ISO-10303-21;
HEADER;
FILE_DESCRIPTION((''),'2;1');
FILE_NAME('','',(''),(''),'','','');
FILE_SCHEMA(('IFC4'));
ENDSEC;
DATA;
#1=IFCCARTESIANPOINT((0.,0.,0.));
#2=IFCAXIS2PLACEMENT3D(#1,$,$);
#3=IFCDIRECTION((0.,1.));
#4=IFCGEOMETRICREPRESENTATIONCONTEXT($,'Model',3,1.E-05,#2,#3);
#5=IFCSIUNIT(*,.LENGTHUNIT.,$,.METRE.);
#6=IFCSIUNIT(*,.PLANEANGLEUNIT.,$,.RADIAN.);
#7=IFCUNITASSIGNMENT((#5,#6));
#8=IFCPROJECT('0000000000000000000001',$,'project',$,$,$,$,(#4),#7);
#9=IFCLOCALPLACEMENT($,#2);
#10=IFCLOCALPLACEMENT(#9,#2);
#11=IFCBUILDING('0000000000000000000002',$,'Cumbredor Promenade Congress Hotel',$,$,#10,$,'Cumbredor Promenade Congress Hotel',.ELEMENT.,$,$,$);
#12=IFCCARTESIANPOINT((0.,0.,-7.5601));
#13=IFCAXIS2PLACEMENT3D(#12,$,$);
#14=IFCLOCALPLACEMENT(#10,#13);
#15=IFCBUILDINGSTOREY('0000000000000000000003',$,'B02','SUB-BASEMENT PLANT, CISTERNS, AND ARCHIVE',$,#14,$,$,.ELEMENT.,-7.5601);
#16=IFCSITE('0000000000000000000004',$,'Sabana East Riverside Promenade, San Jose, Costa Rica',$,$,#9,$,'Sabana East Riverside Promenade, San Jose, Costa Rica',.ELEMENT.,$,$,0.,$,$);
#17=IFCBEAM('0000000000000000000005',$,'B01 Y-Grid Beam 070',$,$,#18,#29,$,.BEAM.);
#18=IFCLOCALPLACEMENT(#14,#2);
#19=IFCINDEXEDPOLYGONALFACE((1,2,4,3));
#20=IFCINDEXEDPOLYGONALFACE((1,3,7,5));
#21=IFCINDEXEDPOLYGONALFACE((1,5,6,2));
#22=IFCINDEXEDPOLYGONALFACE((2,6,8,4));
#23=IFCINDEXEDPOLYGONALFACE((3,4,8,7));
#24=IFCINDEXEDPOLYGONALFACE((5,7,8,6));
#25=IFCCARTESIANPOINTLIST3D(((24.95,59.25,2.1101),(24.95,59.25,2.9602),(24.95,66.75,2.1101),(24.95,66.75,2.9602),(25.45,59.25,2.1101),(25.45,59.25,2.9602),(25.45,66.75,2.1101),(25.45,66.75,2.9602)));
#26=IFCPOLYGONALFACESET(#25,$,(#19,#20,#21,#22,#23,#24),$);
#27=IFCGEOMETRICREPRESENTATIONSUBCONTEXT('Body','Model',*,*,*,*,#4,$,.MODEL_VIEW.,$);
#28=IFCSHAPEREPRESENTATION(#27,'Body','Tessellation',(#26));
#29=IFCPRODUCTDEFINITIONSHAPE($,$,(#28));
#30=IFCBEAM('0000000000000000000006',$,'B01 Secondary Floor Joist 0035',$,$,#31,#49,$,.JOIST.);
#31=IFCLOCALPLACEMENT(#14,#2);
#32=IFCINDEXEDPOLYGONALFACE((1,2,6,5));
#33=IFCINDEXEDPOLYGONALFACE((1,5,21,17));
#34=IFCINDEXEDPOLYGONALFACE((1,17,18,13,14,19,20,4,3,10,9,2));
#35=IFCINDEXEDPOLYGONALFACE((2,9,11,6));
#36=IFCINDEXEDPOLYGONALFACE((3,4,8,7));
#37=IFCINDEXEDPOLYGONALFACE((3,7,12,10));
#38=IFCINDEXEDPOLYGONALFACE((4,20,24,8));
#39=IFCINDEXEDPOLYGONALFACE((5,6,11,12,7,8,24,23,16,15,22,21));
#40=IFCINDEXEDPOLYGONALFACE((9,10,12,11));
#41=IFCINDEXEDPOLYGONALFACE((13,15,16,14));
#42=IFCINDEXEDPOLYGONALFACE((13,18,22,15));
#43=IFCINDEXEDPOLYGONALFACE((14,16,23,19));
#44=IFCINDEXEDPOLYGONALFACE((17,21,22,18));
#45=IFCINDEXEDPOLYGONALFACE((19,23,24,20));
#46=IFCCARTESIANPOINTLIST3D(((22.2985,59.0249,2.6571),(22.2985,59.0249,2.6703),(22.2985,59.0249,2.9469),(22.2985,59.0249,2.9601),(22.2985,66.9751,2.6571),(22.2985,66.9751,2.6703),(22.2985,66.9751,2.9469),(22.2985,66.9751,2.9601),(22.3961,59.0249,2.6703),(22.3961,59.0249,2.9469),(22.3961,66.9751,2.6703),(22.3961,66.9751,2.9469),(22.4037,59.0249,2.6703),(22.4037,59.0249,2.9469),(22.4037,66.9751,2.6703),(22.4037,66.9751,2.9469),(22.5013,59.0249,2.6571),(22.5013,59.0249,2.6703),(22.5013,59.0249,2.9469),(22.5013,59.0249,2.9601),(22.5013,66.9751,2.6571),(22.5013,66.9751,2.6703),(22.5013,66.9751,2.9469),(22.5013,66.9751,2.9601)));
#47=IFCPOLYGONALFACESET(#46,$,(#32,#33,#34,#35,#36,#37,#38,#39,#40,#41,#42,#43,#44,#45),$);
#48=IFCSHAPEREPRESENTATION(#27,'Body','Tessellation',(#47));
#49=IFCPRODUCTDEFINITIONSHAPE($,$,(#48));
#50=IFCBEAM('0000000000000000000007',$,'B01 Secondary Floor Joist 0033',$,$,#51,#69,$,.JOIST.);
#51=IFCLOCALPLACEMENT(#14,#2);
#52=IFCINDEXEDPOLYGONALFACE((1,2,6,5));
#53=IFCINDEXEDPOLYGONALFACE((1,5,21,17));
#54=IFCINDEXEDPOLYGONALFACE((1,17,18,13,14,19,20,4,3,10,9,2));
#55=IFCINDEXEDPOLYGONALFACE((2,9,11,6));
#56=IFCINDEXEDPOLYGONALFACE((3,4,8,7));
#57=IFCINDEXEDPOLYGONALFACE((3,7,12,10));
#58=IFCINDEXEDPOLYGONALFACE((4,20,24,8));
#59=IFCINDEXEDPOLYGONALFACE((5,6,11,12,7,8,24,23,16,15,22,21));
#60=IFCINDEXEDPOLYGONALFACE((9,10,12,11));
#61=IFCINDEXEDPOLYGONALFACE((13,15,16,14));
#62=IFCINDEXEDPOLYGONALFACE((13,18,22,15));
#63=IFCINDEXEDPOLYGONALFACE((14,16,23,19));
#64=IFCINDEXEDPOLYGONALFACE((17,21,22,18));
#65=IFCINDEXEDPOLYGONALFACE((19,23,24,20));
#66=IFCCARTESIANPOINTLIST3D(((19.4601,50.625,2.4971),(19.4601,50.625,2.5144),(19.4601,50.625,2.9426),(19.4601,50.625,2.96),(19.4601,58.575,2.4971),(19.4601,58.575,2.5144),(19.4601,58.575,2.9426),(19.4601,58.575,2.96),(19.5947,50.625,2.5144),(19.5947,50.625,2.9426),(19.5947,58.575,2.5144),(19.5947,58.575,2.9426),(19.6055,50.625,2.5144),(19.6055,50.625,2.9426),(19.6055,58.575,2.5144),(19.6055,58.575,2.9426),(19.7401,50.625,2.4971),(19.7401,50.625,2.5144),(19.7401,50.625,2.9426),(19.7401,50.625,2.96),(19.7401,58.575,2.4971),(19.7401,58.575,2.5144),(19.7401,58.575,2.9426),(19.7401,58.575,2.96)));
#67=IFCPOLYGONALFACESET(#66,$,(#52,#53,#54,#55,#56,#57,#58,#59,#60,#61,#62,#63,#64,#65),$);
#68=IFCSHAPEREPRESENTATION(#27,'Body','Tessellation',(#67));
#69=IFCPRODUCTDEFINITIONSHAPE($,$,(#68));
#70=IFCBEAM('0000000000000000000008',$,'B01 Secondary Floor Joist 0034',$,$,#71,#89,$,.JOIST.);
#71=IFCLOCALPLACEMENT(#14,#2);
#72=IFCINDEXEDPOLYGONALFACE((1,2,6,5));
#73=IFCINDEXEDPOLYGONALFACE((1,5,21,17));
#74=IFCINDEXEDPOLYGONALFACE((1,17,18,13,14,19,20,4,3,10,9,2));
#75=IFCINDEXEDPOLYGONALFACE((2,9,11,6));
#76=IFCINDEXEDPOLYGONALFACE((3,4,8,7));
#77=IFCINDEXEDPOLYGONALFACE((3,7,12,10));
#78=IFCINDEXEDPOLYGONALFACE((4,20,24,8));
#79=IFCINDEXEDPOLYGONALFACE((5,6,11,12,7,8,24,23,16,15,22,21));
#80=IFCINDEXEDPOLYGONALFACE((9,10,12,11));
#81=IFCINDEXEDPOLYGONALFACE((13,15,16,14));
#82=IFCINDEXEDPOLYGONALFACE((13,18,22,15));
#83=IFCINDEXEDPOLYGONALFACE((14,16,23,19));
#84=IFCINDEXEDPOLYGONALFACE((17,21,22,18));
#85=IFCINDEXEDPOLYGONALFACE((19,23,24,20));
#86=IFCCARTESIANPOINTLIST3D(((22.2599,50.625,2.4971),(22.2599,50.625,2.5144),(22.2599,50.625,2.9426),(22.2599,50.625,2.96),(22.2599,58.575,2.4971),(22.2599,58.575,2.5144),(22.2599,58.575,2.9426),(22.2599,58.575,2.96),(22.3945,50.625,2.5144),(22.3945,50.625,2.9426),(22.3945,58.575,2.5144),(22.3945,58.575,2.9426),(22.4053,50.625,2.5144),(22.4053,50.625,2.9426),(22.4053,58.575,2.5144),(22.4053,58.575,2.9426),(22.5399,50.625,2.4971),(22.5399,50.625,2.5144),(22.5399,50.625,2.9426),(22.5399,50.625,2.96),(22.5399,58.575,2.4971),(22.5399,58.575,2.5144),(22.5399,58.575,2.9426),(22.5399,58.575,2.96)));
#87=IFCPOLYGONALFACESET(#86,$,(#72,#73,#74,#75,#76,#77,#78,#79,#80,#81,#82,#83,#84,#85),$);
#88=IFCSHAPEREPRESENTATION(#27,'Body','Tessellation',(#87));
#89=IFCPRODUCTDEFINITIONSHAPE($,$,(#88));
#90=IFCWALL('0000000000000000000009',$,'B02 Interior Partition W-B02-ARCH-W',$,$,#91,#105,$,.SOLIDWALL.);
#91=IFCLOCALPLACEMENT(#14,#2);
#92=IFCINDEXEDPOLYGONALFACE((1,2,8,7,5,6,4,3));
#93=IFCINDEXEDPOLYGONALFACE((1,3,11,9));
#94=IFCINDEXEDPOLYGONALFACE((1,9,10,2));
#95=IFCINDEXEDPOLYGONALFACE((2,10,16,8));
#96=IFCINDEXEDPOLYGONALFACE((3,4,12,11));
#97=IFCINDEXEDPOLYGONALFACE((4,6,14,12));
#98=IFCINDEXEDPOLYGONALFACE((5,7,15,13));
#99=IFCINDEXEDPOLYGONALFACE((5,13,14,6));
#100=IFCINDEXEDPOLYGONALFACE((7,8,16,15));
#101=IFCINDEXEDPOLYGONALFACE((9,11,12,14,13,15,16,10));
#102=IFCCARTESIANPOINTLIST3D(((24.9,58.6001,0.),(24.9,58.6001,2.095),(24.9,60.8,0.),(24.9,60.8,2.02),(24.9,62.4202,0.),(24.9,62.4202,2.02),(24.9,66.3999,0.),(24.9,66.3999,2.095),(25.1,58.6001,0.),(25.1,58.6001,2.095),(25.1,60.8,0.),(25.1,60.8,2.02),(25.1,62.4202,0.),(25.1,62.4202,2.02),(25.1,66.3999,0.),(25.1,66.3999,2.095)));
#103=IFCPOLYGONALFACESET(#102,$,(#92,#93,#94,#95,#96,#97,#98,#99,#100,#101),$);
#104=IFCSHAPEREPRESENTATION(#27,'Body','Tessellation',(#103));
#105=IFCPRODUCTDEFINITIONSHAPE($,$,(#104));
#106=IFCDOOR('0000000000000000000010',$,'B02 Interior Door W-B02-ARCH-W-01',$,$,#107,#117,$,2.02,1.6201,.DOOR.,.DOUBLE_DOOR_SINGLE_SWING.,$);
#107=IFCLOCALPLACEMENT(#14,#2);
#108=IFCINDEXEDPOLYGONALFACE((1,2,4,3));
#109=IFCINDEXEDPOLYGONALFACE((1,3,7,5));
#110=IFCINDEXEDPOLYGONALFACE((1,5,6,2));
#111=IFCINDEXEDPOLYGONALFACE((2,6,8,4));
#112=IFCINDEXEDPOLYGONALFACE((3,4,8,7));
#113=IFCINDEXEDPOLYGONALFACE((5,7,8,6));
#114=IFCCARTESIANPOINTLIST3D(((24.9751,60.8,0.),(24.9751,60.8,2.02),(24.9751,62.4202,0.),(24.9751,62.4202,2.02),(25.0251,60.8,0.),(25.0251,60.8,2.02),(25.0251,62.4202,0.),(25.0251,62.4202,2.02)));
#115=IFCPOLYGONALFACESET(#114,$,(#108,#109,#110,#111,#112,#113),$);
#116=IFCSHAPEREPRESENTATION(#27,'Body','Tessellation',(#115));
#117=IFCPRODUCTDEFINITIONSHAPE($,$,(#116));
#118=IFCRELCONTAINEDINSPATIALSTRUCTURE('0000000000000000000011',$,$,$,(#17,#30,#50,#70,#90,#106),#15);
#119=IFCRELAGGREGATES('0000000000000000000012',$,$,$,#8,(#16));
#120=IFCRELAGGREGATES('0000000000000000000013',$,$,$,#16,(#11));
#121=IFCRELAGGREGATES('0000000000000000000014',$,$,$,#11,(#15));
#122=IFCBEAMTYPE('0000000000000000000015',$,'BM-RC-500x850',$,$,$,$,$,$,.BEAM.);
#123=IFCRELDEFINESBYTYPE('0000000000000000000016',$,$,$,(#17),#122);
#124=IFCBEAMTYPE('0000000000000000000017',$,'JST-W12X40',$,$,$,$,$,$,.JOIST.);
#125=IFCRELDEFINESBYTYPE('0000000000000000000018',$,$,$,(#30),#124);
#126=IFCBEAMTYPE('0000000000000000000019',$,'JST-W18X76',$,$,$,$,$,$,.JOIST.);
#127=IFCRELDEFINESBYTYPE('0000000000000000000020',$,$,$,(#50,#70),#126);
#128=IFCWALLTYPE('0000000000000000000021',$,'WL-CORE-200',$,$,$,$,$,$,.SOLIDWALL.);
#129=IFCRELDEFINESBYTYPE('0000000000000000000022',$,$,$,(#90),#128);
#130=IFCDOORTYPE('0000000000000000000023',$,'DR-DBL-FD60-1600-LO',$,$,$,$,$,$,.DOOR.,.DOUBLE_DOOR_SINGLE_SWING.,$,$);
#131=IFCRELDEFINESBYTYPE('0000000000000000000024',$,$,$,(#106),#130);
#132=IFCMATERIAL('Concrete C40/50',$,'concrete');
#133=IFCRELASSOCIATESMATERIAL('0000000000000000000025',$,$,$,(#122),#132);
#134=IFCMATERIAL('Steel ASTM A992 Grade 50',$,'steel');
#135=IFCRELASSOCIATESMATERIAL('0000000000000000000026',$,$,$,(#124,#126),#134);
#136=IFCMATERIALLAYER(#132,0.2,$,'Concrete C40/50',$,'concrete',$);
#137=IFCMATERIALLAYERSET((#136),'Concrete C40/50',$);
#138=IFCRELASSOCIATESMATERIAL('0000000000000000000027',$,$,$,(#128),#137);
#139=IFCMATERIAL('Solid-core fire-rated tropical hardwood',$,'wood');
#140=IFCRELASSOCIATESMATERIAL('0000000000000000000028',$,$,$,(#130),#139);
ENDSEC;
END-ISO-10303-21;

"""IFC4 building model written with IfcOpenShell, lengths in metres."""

from ifc_helpers import new_model, si_unit, direction, frame, frame_2d, origin, origin_2d, place, context, subcontext, project, spatial, rectangle, i_section, extrude, material, layer, layer_set, material_profile, profile_set, type_object, element, fill, save


model = new_model("IFC4")

# Units and contexts
model_context = context("Model", 3, precision=1e-05, world=origin(), true_north=direction((0.0, 1.0)))
body_context = subcontext(model_context, "Body", "Model", "MODEL_VIEW")
ifc_project = project(units=[si_unit("LENGTHUNIT", "METRE"), si_unit("PLANEANGLEUNIT", "RADIAN")], contexts=[model_context])

# Site, building, storey
site_placement = place(None, origin())
site = spatial("IfcSite", under=ifc_project, at=site_placement, Name="Sabana East Riverside Promenade, San Jose, Costa Rica", LongName="Sabana East Riverside Promenade, San Jose, Costa Rica", CompositionType="ELEMENT", RefElevation=0.0)
building_placement = place(site_placement, origin())
building = spatial("IfcBuilding", under=site, at=building_placement, Name="Cumbredor Promenade Congress Hotel", LongName="Cumbredor Promenade Congress Hotel", CompositionType="ELEMENT")
storey_placement = place(building_placement, frame((0.0, 0.0, -7.5601)))
storey = spatial("IfcBuildingStorey", under=building, at=storey_placement, Name="B02", Description="SUB-BASEMENT PLANT, CISTERNS, AND ARCHIVE", CompositionType="ELEMENT", Elevation=-7.5601)

# Shared definitions
ifc_material_1 = material(Name="Concrete C40/50", Category="concrete")

# Beams
ifc_material_profile_1 = material_profile(ifc_material_1, rectangle(XDim=0.5, YDim=0.8501, at=origin_2d()), Name="RC BEAM 500x850")
ifc_profile_set_1 = profile_set([ifc_material_profile_1], Name="Concrete C40/50")
beam_type_1 = type_object("IfcBeamType", Name="BM-RC-500x850", PredefinedType="BEAM", material=ifc_profile_set_1)
beam_1_placement = place(storey_placement, frame((25.2, 59.25, 2.5352), z_axis=(0.0, 1.0, 0.0), x_axis=(-1.0, 0.0, 0.0)))
element("IfcBeam", 1, at=beam_1_placement, inside=storey, type_object=beam_type_1, Name="B01 Y-Grid Beam 070", PredefinedType="BEAM", context=body_context, shape_type="SweptSolid", body=[
    extrude(rectangle(XDim=0.5, YDim=0.8501, at=origin_2d()), origin(), (0.0, 0.0, 1.0), 7.5),
])
ifc_material_2 = material(Name="Steel ASTM A992 Grade 50", Category="steel")
ifc_material_profile_2 = material_profile(ifc_material_2, i_section(OverallWidth=0.2029, OverallDepth=0.303, WebThickness=0.0076, FlangeThickness=0.0132, at=origin_2d()), Name="W12X40")
ifc_profile_set_2 = profile_set([ifc_material_profile_2], Name="Steel ASTM A992 Grade 50")
beam_type_2 = type_object("IfcBeamType", Name="JST-W12X40", PredefinedType="JOIST", material=ifc_profile_set_2)
beam_2_placement = place(storey_placement, frame((22.3999, 59.0249, 2.8086), z_axis=(0.0, 1.0, 0.0), x_axis=(-1.0, 0.0, 0.0)))
element("IfcBeam", 2, at=beam_2_placement, inside=storey, type_object=beam_type_2, Name="B01 Secondary Floor Joist 0035", PredefinedType="JOIST", context=body_context, shape_type="SweptSolid", body=[
    extrude(i_section(OverallWidth=0.2029, OverallDepth=0.303, WebThickness=0.0076, FlangeThickness=0.0132, at=origin_2d()), origin(), (0.0, 0.0, 1.0), 7.9502),
])
ifc_material_profile_3 = material_profile(ifc_material_2, i_section(OverallWidth=0.28, OverallDepth=0.4629, WebThickness=0.0107, FlangeThickness=0.0173, at=origin_2d()), Name="W18X76")
ifc_profile_set_3 = profile_set([ifc_material_profile_3], Name="Steel ASTM A992 Grade 50")
beam_type_3 = type_object("IfcBeamType", Name="JST-W18X76", PredefinedType="JOIST", material=ifc_profile_set_3)
for number, where, z_axis, x_axis, name in (
    (3, (19.6001, 50.625, 2.7285), (0.0, 1.0, 0.0), (-1.0, 0.0, 0.0), "B01 Secondary Floor Joist 0033"),
    (4, (22.3999, 50.625, 2.7285), (0.0, 1.0, 0.0), (-1.0, 0.0, 0.0), "B01 Secondary Floor Joist 0034"),
):
    element("IfcBeam", number, at=place(storey_placement, frame(where, z_axis=z_axis, x_axis=x_axis)), inside=storey, type_object=beam_type_3, Name=name, PredefinedType="JOIST", context=body_context, shape_type="SweptSolid", body=[
        extrude(i_section(OverallWidth=0.28, OverallDepth=0.4629, WebThickness=0.0107, FlangeThickness=0.0173, at=origin_2d()), origin(), (0.0, 0.0, 1.0), 7.95),
    ])

# Wall, opening, door
ifc_layer = layer(ifc_material_1, 0.2, Name="Concrete C40/50", Category="concrete")
ifc_layer_set = layer_set([ifc_layer], Name="Concrete C40/50")
wall_type = type_object("IfcWallType", Name="WL-CORE-200", PredefinedType="SOLIDWALL", material=ifc_layer_set)
wall_placement = place(storey_placement, frame((25.0, 58.6001, 0.0), z_axis=(0.0, 0.0, 1.0), x_axis=(0.0, 1.0, 0.0)))
wall = element("IfcWall", 5, at=wall_placement, inside=storey, type_object=wall_type, Name="B02 Interior Partition W-B02-ARCH-W", PredefinedType="SOLIDWALL", context=body_context, shape_type="SweptSolid", body=[
    extrude(rectangle(XDim=7.7998, YDim=0.2, at=frame_2d((3.8999, 0.0))), origin(), (0.0, 0.0, 1.0), 2.095),
])
opening_placement = place(wall_placement, frame((2.2, 0.0, 0.0)))
opening = element("IfcOpeningElement", 6, at=opening_placement, cuts=wall, PredefinedType="OPENING", context=body_context, shape_type="SweptSolid", body=[
    extrude(rectangle(XDim=1.6201, YDim=2.02, at=frame_2d((0.8101, 1.01))), frame((0.0, 0.1099, 0.0), z_axis=(0.0, -1.0, 0.0), x_axis=(1.0, 0.0, 0.0)), (0.0, 0.0, 1.0), 0.22),
])
ifc_material_3 = material(Name="Solid-core fire-rated tropical hardwood", Category="wood")
door_type = type_object("IfcDoorType", Name="DR-DBL-FD60-1600-LO", OperationType="DOUBLE_DOOR_SINGLE_SWING", PredefinedType="DOOR", material=ifc_material_3)
door_placement = place(opening_placement, origin())
door = element("IfcDoor", 7, at=door_placement, inside=storey, type_object=door_type, Name="B02 Interior Door W-B02-ARCH-W-01", OperationType="DOUBLE_DOOR_SINGLE_SWING", OverallHeight=2.02, OverallWidth=1.6201, PredefinedType="DOOR", context=body_context, shape_type="SweptSolid", body=[
    extrude(rectangle(XDim=1.6201, YDim=2.02, at=frame_2d((0.8101, 1.01))), frame((0.0, 0.0249, 0.0), z_axis=(0.0, -1.0, 0.0), x_axis=(1.0, 0.0, 0.0)), (0.0, 0.0, 1.0), 0.05),
])
fill(opening, door)

save(model, "model.ifc")
